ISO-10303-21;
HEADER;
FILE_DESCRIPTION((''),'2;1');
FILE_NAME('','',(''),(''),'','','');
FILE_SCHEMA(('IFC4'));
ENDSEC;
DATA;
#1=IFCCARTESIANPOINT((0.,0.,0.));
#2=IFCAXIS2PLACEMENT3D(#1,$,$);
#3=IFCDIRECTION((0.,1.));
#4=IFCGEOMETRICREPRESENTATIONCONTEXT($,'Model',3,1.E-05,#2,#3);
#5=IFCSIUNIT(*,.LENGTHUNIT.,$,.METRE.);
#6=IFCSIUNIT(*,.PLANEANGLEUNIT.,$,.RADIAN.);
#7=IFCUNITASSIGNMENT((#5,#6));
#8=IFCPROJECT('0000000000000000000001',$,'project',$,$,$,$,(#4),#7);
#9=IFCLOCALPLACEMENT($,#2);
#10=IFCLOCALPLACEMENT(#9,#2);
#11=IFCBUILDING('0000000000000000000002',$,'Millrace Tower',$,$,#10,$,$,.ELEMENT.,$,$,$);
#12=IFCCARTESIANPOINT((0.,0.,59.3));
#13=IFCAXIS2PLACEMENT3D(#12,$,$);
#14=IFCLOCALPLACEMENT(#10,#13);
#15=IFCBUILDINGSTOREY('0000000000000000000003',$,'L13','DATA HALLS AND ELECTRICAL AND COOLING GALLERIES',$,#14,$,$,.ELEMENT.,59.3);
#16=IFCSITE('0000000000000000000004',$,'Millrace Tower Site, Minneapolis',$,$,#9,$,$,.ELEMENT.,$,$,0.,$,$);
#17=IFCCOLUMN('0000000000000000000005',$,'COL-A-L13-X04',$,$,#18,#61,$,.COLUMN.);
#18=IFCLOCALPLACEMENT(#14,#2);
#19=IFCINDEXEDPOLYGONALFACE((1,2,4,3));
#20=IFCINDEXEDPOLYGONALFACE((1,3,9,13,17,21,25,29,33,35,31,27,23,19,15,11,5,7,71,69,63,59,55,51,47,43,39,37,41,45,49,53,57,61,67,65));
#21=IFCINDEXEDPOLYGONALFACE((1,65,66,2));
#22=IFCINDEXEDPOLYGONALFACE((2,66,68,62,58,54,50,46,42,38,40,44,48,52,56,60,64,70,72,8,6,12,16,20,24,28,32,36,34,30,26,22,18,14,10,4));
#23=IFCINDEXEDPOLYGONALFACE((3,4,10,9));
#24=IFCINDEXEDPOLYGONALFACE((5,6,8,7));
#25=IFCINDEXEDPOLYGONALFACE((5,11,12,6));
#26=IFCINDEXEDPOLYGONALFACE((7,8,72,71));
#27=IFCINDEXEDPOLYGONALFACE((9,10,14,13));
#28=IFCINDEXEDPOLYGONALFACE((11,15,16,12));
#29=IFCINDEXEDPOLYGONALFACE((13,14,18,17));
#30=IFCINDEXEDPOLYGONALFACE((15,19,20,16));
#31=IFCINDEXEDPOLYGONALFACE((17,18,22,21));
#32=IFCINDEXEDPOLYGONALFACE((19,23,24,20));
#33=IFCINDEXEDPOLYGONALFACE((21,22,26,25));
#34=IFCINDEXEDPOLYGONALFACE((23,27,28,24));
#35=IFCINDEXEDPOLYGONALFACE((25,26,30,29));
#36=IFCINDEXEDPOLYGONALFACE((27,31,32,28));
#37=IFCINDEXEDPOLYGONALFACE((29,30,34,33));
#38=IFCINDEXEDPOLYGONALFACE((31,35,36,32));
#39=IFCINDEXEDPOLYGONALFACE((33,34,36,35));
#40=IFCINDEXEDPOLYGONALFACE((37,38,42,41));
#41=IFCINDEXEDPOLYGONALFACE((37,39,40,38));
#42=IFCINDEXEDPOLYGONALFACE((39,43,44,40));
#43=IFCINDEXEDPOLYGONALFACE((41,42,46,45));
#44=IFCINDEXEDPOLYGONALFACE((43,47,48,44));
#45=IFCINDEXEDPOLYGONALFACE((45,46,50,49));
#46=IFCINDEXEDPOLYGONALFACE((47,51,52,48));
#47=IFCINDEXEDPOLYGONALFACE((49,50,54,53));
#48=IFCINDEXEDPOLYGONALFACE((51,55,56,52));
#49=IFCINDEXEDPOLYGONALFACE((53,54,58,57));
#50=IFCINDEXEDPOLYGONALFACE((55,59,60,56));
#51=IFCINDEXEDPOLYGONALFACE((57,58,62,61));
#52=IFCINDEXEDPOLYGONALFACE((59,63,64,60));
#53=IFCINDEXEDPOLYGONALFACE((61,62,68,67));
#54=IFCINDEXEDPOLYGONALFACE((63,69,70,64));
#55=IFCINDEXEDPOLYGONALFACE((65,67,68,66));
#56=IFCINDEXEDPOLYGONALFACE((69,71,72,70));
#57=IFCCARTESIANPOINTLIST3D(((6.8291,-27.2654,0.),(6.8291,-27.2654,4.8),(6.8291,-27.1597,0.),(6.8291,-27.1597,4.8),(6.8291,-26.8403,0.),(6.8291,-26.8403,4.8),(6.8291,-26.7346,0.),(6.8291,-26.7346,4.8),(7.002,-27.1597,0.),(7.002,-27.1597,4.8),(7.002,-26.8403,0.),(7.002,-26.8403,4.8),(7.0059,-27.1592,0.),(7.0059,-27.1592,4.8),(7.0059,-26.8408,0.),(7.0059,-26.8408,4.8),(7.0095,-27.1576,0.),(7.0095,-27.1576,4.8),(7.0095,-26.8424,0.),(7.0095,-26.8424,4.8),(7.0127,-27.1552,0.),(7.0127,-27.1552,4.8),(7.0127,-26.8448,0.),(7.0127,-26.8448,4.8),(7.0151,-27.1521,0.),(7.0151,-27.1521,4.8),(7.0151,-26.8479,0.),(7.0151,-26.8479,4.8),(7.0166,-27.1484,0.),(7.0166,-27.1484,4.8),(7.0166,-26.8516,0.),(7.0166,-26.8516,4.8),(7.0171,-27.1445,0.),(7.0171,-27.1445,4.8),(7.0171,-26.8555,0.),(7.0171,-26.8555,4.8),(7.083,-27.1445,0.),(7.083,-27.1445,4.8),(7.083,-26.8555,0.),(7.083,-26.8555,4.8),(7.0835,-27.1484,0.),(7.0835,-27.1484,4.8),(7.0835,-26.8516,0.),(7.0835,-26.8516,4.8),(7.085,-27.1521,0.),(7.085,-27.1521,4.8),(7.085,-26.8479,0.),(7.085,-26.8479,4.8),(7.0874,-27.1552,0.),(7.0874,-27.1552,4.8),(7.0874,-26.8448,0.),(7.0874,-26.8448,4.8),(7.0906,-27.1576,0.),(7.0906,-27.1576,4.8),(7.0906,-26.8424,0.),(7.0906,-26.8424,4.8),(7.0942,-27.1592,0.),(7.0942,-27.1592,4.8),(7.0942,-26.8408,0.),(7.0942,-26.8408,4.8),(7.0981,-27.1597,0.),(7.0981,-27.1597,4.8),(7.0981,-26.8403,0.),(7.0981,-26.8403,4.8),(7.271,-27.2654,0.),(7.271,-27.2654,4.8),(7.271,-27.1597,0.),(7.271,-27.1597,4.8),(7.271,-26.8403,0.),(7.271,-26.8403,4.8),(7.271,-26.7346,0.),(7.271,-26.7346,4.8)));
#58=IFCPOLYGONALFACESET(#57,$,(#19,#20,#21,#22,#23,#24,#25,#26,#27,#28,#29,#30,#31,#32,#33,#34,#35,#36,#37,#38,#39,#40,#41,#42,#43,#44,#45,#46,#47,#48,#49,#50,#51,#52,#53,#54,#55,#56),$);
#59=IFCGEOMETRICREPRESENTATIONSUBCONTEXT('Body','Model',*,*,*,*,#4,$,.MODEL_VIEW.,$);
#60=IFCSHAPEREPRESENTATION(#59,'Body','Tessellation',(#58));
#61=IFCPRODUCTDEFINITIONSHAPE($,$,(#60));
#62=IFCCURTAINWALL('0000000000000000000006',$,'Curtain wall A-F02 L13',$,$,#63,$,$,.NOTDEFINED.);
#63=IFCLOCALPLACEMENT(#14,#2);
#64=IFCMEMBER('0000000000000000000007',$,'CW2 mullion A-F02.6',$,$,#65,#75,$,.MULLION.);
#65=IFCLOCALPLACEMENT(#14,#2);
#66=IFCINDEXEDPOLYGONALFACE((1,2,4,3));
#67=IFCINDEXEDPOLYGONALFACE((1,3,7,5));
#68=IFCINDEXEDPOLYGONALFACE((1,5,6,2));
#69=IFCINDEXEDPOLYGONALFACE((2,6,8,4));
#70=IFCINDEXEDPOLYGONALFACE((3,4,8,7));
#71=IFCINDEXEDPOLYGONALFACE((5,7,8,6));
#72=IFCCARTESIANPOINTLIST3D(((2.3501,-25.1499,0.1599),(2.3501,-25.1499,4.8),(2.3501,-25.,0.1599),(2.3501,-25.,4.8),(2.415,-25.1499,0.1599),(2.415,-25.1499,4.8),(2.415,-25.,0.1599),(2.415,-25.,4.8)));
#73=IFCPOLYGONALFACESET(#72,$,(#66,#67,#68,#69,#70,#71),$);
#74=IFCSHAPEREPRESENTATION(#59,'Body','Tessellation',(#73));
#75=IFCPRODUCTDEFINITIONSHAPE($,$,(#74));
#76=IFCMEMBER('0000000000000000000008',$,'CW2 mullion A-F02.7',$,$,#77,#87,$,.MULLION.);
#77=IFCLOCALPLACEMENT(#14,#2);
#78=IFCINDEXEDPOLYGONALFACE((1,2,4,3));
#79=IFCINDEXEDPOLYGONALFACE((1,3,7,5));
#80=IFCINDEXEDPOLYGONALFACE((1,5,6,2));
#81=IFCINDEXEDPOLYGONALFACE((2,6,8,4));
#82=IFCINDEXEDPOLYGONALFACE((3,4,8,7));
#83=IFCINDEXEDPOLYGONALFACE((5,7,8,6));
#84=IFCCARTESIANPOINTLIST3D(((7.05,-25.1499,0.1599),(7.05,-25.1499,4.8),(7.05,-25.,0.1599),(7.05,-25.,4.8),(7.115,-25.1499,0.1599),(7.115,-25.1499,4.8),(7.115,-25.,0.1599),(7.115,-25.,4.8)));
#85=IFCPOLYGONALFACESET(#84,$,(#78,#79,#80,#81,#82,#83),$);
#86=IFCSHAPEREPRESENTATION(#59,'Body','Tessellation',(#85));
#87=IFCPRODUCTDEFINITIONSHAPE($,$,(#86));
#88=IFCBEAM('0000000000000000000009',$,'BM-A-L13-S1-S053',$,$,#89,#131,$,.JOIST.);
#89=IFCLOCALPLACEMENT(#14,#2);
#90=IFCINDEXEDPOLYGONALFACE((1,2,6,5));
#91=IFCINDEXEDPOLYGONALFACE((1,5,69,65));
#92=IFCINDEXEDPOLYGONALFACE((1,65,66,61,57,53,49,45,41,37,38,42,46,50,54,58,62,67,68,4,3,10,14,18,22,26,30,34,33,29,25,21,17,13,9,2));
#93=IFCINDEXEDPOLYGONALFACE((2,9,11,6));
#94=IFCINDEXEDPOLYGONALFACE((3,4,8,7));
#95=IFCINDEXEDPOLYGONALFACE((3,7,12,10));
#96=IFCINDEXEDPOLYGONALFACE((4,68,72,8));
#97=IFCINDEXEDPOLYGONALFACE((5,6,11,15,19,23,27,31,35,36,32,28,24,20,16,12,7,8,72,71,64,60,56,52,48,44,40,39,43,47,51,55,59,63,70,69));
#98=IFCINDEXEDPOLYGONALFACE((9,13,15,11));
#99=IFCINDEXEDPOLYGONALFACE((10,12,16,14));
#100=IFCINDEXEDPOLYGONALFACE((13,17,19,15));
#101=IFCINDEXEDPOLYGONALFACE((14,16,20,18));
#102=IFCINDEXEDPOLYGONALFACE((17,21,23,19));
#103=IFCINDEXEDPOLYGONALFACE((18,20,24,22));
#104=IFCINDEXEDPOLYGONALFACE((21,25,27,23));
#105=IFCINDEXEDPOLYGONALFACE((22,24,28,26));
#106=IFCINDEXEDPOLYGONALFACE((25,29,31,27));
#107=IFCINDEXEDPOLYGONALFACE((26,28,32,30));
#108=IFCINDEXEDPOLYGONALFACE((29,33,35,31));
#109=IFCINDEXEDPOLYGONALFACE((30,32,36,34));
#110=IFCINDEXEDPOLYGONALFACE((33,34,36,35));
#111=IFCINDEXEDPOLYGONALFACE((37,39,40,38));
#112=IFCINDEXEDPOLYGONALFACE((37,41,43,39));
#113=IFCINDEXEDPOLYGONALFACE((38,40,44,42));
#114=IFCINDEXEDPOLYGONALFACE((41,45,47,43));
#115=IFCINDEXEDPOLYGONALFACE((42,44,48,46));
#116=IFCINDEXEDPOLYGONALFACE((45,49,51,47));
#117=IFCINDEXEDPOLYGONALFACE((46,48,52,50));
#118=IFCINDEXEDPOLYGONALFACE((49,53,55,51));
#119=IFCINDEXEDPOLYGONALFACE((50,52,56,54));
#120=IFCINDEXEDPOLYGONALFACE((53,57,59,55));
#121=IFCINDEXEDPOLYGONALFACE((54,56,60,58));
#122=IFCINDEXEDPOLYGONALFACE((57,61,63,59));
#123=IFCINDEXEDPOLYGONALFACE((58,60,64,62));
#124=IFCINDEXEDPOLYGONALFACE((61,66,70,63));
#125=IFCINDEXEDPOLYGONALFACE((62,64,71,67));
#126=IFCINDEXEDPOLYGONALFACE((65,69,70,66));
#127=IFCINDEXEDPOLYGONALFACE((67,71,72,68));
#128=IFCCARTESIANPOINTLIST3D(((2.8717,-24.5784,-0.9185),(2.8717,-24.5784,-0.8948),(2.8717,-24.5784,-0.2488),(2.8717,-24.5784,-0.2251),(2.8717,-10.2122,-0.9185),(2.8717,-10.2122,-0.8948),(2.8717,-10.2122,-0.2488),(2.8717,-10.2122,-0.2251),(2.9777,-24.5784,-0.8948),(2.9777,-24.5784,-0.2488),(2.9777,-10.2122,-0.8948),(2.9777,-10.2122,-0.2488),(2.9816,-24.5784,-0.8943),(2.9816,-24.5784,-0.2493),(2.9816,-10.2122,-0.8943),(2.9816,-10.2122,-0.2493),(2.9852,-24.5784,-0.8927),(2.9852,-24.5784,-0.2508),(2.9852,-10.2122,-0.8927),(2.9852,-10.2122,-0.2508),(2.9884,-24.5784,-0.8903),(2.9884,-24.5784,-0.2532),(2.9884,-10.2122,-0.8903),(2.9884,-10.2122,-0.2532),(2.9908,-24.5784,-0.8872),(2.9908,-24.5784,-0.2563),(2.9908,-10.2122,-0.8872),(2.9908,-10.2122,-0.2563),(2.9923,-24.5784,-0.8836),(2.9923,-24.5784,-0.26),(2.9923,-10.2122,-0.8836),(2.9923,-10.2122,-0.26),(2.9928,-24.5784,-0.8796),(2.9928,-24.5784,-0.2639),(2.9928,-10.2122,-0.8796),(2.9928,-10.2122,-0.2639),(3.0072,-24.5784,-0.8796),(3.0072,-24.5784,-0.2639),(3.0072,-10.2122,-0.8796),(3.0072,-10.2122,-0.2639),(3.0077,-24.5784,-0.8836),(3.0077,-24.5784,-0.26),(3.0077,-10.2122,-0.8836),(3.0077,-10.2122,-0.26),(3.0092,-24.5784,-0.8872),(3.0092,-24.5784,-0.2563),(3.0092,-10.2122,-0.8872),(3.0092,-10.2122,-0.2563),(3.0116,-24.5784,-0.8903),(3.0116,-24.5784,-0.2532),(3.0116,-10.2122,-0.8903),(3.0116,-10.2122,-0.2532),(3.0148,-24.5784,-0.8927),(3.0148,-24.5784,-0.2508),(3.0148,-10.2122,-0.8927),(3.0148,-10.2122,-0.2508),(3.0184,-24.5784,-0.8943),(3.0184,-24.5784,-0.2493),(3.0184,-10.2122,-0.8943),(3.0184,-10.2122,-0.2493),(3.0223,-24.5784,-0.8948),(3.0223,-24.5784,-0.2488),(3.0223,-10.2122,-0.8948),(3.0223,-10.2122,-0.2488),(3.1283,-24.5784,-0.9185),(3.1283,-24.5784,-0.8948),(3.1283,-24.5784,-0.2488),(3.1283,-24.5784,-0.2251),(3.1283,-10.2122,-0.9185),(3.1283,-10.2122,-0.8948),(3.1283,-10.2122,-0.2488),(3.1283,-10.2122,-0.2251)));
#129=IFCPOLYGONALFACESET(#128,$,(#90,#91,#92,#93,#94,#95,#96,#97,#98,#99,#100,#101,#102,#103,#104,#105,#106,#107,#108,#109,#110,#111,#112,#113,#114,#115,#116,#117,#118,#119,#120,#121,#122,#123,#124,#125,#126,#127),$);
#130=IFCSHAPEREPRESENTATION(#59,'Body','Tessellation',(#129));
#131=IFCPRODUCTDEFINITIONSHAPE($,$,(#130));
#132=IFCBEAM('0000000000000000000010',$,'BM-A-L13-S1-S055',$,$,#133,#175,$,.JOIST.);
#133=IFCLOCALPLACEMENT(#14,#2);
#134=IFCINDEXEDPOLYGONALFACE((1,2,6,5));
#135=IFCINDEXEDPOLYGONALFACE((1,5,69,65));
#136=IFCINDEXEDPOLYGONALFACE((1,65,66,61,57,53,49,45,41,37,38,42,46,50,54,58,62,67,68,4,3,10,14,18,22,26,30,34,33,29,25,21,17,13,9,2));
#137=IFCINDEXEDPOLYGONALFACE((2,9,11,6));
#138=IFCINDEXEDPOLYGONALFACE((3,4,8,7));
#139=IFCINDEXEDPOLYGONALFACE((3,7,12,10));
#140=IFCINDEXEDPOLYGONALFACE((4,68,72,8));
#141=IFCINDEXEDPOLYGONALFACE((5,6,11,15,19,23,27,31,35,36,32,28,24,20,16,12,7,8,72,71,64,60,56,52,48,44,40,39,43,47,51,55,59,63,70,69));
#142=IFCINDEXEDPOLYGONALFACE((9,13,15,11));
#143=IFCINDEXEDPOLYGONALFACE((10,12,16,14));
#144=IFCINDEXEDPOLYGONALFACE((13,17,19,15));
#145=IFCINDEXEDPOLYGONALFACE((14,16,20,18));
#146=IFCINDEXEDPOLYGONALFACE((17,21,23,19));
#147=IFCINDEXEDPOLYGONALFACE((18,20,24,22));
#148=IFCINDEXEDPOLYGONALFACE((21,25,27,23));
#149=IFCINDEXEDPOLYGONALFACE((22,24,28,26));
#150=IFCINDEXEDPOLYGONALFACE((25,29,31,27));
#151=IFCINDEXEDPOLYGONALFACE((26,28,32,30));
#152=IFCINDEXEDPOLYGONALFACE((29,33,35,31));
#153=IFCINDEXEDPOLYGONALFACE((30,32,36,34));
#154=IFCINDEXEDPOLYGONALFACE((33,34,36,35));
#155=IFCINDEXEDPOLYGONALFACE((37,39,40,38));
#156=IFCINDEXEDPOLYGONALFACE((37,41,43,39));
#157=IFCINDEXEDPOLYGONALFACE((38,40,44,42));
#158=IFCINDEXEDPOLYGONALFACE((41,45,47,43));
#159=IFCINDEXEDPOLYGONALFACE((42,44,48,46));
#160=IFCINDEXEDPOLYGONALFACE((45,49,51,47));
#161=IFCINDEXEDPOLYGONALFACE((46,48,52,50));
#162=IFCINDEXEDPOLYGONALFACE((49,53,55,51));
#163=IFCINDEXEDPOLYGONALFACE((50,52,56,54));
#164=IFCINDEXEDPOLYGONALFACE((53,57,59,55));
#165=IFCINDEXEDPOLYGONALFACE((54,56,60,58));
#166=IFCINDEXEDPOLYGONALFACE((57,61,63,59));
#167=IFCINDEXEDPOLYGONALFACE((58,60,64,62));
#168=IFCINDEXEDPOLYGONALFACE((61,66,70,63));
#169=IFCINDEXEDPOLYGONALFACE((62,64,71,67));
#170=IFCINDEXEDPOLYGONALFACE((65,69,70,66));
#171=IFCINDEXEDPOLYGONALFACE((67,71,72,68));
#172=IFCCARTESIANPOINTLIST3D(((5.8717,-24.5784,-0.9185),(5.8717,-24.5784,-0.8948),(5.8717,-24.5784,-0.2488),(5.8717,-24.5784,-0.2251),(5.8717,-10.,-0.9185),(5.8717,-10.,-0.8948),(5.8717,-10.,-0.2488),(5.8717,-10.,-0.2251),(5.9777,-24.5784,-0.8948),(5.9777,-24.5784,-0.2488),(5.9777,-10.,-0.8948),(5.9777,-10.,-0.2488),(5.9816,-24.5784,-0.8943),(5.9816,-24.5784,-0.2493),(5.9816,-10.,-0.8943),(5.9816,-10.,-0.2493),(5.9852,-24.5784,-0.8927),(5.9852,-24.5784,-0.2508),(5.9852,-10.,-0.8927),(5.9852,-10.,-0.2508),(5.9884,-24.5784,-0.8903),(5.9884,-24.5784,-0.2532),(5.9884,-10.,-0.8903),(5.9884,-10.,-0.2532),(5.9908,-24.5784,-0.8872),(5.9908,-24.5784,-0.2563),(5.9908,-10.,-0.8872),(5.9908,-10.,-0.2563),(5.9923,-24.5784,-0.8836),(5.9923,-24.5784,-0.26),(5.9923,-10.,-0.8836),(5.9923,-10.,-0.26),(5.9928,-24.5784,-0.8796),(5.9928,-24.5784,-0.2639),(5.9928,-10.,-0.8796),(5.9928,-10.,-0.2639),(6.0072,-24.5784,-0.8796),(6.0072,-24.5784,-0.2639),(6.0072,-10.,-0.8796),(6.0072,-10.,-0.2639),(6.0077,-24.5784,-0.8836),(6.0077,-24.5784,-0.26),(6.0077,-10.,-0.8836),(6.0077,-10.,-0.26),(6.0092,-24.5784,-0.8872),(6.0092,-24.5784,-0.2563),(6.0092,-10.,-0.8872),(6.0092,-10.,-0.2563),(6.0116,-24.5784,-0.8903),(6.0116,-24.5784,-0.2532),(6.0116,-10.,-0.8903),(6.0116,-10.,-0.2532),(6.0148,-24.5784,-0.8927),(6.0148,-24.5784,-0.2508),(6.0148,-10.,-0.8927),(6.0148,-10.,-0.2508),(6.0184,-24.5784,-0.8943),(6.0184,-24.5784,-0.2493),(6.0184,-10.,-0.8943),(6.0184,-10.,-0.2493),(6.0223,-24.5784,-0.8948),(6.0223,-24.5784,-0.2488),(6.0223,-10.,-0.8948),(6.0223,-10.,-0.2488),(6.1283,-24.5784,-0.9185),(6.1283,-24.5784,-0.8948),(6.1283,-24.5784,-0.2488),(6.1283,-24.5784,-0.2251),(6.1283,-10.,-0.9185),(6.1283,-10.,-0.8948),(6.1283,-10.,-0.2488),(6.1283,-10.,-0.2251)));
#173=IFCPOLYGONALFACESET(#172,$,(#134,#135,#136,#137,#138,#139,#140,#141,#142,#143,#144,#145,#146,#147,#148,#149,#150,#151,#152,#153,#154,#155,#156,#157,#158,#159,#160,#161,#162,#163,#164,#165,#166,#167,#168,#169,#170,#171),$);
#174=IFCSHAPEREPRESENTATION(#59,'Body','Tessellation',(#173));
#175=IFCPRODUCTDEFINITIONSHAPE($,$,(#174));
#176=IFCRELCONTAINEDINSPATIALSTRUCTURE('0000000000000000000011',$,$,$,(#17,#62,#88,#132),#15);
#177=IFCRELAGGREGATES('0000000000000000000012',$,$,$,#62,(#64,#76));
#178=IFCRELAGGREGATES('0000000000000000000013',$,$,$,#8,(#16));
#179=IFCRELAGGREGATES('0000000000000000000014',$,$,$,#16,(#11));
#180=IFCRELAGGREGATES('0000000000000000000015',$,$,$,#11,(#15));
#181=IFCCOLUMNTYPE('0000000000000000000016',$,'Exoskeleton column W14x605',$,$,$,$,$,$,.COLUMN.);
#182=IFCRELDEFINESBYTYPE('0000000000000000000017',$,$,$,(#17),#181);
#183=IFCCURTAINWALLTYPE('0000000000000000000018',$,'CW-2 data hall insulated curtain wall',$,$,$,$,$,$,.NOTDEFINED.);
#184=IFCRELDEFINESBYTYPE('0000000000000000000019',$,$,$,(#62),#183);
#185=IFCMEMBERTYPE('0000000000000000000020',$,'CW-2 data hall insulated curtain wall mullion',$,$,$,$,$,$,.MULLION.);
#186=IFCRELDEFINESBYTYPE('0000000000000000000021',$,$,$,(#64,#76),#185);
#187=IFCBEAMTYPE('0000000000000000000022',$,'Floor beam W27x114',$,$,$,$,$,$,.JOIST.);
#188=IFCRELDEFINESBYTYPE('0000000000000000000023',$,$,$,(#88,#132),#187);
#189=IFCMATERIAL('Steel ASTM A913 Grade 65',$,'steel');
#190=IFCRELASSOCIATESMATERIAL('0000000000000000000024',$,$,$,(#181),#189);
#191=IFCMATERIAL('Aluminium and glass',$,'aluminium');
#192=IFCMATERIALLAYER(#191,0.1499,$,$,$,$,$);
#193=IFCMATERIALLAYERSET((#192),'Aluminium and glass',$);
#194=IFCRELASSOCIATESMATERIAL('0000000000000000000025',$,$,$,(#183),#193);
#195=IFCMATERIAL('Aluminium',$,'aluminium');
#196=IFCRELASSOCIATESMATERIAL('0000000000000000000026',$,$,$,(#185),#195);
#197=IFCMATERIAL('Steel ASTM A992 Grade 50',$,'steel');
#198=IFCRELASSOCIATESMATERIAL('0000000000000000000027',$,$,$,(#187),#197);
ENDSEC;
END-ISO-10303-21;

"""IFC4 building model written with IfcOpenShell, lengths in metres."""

from ifc_helpers import new_model, si_unit, direction, frame, origin, origin_2d, place, context, subcontext, project, spatial, rectangle, i_section, extrude, material, layer, layer_set, material_profile, profile_set, type_object, element, aggregate, save


model = new_model("IFC4")

# Units and contexts
model_context = context("Model", 3, precision=1e-05, world=origin(), true_north=direction((0.0, 1.0)))
body_context = subcontext(model_context, "Body", "Model", "MODEL_VIEW")
ifc_project = project(units=[si_unit("LENGTHUNIT", "METRE"), si_unit("PLANEANGLEUNIT", "RADIAN")], contexts=[model_context])

# Site, building, storey
site_placement = place(None, origin())
site = spatial("IfcSite", under=ifc_project, at=site_placement, Name="Millrace Tower Site, Minneapolis", CompositionType="ELEMENT", RefElevation=0.0)
building_placement = place(site_placement, origin())
building = spatial("IfcBuilding", under=site, at=building_placement, Name="Millrace Tower", CompositionType="ELEMENT")
storey_placement = place(building_placement, frame((0.0, 0.0, 59.3)))
storey = spatial("IfcBuildingStorey", under=building, at=storey_placement, Name="L13", Description="DATA HALLS AND ELECTRICAL AND COOLING GALLERIES", CompositionType="ELEMENT", Elevation=59.3)

# Column
ifc_material_1 = material(Name="Steel ASTM A913 Grade 65", Category="steel")
ifc_material_profile_1 = material_profile(ifc_material_1, i_section(OverallWidth=0.4419, OverallDepth=0.5308, WebThickness=0.0659, FlangeThickness=0.1057, FilletRadius=0.0151, at=origin_2d()))
ifc_profile_set_1 = profile_set([ifc_material_profile_1], Name="Steel ASTM A913 Grade 65")
column_type = type_object("IfcColumnType", Name="Exoskeleton column W14x605", PredefinedType="COLUMN", material=ifc_profile_set_1)
column_placement = place(storey_placement, frame((7.05, -27.0, 0.0), z_axis=(0.0, 0.0, 1.0), x_axis=(1.0, 0.0, 0.0)))
element("IfcColumn", 1, at=column_placement, inside=storey, type_object=column_type, Name="COL-A-L13-X04", PredefinedType="COLUMN", context=body_context, shape_type="SweptSolid", body=[
    extrude(i_section(OverallWidth=0.4419, OverallDepth=0.5308, WebThickness=0.0659, FlangeThickness=0.1057, FilletRadius=0.0151, at=origin_2d()), origin(), (0.0, 0.0, 1.0), 4.8),
])

# Curtain wall, members
ifc_material_2 = material(Name="Aluminium and glass", Category="aluminium")
ifc_layer_1 = layer(ifc_material_2, 0.1499)
ifc_layer_set_1 = layer_set([ifc_layer_1], Name="Aluminium and glass")
curtain_wall_type = type_object("IfcCurtainWallType", Name="CW-2 data hall insulated curtain wall", PredefinedType="NOTDEFINED", material=ifc_layer_set_1)
placement = place(storey_placement, origin())
curtain_wall = element("IfcCurtainWall", 2, at=placement, inside=storey, type_object=curtain_wall_type, Name="Curtain wall A-F02 L13", PredefinedType="NOTDEFINED")
ifc_material_3 = material(Name="Aluminium", Category="aluminium")
ifc_material_profile_2 = material_profile(ifc_material_3, rectangle(XDim=0.0649, YDim=0.1499, at=origin_2d()))
ifc_profile_set_2 = profile_set([ifc_material_profile_2], Name="Aluminium")
member_type = type_object("IfcMemberType", Name="CW-2 data hall insulated curtain wall mullion", PredefinedType="MULLION", material=ifc_profile_set_2)
member_1_placement = place(storey_placement, frame((2.3826, -25.075, 0.1599), z_axis=(0.0, 0.0, 1.0), x_axis=(1.0, 0.0, 0.0)))
member_1 = element("IfcMember", 3, at=member_1_placement, type_object=member_type, Name="CW2 mullion A-F02.6", PredefinedType="MULLION", context=body_context, shape_type="SweptSolid", body=[
    extrude(rectangle(XDim=0.0649, YDim=0.1499, at=origin_2d()), origin(), (0.0, 0.0, 1.0), 4.6401),
])
member_2_placement = place(storey_placement, frame((7.0825, -25.075, 0.1599), z_axis=(0.0, 0.0, 1.0), x_axis=(1.0, 0.0, 0.0)))
member_2 = element("IfcMember", 4, at=member_2_placement, type_object=member_type, Name="CW2 mullion A-F02.7", PredefinedType="MULLION", context=body_context, shape_type="SweptSolid", body=[
    extrude(rectangle(XDim=0.0649, YDim=0.1499, at=origin_2d()), origin(), (0.0, 0.0, 1.0), 4.6401),
])
aggregate(curtain_wall, [member_1, member_2])

# Beams
ifc_material_4 = material(Name="Steel ASTM A992 Grade 50", Category="steel")
ifc_material_profile_3 = material_profile(ifc_material_4, i_section(OverallWidth=0.2566, OverallDepth=0.6934, WebThickness=0.0144, FlangeThickness=0.0237, FilletRadius=0.0151, at=origin_2d()))
ifc_profile_set_3 = profile_set([ifc_material_profile_3], Name="Steel ASTM A992 Grade 50")
beam_type_1 = type_object("IfcBeamType", Name="Floor beam W27x114", PredefinedType="JOIST", material=ifc_profile_set_3)
beam_1_placement = place(storey_placement, frame((3.0, -24.5784, -0.5718), z_axis=(0.0, 1.0, 0.0), x_axis=(-1.0, 0.0, 0.0)))
element("IfcBeam", 5, at=beam_1_placement, inside=storey, type_object=beam_type_1, Name="BM-A-L13-S1-S053", PredefinedType="JOIST", context=body_context, shape_type="SweptSolid", body=[
    extrude(i_section(OverallWidth=0.2566, OverallDepth=0.6934, WebThickness=0.0144, FlangeThickness=0.0237, FilletRadius=0.0151, at=origin_2d()), origin(), (0.0, 0.0, 1.0), 14.3662),
])
for number, where, z_axis, x_axis, name in (
    (6, (6.0, -24.5784, -0.5718), (0.0, 1.0, 0.0), (-1.0, 0.0, 0.0), "BM-A-L13-S1-S055"),
):
    element("IfcBeam", number, at=place(storey_placement, frame(where, z_axis=z_axis, x_axis=x_axis)), inside=storey, type_object=beam_type_1, Name=name, PredefinedType="JOIST", context=body_context, shape_type="SweptSolid", body=[
        extrude(i_section(OverallWidth=0.2566, OverallDepth=0.6934, WebThickness=0.0144, FlangeThickness=0.0237, FilletRadius=0.0151, at=origin_2d()), origin(), (0.0, 0.0, 1.0), 14.5784),
    ])

save(model, "model.ifc")
